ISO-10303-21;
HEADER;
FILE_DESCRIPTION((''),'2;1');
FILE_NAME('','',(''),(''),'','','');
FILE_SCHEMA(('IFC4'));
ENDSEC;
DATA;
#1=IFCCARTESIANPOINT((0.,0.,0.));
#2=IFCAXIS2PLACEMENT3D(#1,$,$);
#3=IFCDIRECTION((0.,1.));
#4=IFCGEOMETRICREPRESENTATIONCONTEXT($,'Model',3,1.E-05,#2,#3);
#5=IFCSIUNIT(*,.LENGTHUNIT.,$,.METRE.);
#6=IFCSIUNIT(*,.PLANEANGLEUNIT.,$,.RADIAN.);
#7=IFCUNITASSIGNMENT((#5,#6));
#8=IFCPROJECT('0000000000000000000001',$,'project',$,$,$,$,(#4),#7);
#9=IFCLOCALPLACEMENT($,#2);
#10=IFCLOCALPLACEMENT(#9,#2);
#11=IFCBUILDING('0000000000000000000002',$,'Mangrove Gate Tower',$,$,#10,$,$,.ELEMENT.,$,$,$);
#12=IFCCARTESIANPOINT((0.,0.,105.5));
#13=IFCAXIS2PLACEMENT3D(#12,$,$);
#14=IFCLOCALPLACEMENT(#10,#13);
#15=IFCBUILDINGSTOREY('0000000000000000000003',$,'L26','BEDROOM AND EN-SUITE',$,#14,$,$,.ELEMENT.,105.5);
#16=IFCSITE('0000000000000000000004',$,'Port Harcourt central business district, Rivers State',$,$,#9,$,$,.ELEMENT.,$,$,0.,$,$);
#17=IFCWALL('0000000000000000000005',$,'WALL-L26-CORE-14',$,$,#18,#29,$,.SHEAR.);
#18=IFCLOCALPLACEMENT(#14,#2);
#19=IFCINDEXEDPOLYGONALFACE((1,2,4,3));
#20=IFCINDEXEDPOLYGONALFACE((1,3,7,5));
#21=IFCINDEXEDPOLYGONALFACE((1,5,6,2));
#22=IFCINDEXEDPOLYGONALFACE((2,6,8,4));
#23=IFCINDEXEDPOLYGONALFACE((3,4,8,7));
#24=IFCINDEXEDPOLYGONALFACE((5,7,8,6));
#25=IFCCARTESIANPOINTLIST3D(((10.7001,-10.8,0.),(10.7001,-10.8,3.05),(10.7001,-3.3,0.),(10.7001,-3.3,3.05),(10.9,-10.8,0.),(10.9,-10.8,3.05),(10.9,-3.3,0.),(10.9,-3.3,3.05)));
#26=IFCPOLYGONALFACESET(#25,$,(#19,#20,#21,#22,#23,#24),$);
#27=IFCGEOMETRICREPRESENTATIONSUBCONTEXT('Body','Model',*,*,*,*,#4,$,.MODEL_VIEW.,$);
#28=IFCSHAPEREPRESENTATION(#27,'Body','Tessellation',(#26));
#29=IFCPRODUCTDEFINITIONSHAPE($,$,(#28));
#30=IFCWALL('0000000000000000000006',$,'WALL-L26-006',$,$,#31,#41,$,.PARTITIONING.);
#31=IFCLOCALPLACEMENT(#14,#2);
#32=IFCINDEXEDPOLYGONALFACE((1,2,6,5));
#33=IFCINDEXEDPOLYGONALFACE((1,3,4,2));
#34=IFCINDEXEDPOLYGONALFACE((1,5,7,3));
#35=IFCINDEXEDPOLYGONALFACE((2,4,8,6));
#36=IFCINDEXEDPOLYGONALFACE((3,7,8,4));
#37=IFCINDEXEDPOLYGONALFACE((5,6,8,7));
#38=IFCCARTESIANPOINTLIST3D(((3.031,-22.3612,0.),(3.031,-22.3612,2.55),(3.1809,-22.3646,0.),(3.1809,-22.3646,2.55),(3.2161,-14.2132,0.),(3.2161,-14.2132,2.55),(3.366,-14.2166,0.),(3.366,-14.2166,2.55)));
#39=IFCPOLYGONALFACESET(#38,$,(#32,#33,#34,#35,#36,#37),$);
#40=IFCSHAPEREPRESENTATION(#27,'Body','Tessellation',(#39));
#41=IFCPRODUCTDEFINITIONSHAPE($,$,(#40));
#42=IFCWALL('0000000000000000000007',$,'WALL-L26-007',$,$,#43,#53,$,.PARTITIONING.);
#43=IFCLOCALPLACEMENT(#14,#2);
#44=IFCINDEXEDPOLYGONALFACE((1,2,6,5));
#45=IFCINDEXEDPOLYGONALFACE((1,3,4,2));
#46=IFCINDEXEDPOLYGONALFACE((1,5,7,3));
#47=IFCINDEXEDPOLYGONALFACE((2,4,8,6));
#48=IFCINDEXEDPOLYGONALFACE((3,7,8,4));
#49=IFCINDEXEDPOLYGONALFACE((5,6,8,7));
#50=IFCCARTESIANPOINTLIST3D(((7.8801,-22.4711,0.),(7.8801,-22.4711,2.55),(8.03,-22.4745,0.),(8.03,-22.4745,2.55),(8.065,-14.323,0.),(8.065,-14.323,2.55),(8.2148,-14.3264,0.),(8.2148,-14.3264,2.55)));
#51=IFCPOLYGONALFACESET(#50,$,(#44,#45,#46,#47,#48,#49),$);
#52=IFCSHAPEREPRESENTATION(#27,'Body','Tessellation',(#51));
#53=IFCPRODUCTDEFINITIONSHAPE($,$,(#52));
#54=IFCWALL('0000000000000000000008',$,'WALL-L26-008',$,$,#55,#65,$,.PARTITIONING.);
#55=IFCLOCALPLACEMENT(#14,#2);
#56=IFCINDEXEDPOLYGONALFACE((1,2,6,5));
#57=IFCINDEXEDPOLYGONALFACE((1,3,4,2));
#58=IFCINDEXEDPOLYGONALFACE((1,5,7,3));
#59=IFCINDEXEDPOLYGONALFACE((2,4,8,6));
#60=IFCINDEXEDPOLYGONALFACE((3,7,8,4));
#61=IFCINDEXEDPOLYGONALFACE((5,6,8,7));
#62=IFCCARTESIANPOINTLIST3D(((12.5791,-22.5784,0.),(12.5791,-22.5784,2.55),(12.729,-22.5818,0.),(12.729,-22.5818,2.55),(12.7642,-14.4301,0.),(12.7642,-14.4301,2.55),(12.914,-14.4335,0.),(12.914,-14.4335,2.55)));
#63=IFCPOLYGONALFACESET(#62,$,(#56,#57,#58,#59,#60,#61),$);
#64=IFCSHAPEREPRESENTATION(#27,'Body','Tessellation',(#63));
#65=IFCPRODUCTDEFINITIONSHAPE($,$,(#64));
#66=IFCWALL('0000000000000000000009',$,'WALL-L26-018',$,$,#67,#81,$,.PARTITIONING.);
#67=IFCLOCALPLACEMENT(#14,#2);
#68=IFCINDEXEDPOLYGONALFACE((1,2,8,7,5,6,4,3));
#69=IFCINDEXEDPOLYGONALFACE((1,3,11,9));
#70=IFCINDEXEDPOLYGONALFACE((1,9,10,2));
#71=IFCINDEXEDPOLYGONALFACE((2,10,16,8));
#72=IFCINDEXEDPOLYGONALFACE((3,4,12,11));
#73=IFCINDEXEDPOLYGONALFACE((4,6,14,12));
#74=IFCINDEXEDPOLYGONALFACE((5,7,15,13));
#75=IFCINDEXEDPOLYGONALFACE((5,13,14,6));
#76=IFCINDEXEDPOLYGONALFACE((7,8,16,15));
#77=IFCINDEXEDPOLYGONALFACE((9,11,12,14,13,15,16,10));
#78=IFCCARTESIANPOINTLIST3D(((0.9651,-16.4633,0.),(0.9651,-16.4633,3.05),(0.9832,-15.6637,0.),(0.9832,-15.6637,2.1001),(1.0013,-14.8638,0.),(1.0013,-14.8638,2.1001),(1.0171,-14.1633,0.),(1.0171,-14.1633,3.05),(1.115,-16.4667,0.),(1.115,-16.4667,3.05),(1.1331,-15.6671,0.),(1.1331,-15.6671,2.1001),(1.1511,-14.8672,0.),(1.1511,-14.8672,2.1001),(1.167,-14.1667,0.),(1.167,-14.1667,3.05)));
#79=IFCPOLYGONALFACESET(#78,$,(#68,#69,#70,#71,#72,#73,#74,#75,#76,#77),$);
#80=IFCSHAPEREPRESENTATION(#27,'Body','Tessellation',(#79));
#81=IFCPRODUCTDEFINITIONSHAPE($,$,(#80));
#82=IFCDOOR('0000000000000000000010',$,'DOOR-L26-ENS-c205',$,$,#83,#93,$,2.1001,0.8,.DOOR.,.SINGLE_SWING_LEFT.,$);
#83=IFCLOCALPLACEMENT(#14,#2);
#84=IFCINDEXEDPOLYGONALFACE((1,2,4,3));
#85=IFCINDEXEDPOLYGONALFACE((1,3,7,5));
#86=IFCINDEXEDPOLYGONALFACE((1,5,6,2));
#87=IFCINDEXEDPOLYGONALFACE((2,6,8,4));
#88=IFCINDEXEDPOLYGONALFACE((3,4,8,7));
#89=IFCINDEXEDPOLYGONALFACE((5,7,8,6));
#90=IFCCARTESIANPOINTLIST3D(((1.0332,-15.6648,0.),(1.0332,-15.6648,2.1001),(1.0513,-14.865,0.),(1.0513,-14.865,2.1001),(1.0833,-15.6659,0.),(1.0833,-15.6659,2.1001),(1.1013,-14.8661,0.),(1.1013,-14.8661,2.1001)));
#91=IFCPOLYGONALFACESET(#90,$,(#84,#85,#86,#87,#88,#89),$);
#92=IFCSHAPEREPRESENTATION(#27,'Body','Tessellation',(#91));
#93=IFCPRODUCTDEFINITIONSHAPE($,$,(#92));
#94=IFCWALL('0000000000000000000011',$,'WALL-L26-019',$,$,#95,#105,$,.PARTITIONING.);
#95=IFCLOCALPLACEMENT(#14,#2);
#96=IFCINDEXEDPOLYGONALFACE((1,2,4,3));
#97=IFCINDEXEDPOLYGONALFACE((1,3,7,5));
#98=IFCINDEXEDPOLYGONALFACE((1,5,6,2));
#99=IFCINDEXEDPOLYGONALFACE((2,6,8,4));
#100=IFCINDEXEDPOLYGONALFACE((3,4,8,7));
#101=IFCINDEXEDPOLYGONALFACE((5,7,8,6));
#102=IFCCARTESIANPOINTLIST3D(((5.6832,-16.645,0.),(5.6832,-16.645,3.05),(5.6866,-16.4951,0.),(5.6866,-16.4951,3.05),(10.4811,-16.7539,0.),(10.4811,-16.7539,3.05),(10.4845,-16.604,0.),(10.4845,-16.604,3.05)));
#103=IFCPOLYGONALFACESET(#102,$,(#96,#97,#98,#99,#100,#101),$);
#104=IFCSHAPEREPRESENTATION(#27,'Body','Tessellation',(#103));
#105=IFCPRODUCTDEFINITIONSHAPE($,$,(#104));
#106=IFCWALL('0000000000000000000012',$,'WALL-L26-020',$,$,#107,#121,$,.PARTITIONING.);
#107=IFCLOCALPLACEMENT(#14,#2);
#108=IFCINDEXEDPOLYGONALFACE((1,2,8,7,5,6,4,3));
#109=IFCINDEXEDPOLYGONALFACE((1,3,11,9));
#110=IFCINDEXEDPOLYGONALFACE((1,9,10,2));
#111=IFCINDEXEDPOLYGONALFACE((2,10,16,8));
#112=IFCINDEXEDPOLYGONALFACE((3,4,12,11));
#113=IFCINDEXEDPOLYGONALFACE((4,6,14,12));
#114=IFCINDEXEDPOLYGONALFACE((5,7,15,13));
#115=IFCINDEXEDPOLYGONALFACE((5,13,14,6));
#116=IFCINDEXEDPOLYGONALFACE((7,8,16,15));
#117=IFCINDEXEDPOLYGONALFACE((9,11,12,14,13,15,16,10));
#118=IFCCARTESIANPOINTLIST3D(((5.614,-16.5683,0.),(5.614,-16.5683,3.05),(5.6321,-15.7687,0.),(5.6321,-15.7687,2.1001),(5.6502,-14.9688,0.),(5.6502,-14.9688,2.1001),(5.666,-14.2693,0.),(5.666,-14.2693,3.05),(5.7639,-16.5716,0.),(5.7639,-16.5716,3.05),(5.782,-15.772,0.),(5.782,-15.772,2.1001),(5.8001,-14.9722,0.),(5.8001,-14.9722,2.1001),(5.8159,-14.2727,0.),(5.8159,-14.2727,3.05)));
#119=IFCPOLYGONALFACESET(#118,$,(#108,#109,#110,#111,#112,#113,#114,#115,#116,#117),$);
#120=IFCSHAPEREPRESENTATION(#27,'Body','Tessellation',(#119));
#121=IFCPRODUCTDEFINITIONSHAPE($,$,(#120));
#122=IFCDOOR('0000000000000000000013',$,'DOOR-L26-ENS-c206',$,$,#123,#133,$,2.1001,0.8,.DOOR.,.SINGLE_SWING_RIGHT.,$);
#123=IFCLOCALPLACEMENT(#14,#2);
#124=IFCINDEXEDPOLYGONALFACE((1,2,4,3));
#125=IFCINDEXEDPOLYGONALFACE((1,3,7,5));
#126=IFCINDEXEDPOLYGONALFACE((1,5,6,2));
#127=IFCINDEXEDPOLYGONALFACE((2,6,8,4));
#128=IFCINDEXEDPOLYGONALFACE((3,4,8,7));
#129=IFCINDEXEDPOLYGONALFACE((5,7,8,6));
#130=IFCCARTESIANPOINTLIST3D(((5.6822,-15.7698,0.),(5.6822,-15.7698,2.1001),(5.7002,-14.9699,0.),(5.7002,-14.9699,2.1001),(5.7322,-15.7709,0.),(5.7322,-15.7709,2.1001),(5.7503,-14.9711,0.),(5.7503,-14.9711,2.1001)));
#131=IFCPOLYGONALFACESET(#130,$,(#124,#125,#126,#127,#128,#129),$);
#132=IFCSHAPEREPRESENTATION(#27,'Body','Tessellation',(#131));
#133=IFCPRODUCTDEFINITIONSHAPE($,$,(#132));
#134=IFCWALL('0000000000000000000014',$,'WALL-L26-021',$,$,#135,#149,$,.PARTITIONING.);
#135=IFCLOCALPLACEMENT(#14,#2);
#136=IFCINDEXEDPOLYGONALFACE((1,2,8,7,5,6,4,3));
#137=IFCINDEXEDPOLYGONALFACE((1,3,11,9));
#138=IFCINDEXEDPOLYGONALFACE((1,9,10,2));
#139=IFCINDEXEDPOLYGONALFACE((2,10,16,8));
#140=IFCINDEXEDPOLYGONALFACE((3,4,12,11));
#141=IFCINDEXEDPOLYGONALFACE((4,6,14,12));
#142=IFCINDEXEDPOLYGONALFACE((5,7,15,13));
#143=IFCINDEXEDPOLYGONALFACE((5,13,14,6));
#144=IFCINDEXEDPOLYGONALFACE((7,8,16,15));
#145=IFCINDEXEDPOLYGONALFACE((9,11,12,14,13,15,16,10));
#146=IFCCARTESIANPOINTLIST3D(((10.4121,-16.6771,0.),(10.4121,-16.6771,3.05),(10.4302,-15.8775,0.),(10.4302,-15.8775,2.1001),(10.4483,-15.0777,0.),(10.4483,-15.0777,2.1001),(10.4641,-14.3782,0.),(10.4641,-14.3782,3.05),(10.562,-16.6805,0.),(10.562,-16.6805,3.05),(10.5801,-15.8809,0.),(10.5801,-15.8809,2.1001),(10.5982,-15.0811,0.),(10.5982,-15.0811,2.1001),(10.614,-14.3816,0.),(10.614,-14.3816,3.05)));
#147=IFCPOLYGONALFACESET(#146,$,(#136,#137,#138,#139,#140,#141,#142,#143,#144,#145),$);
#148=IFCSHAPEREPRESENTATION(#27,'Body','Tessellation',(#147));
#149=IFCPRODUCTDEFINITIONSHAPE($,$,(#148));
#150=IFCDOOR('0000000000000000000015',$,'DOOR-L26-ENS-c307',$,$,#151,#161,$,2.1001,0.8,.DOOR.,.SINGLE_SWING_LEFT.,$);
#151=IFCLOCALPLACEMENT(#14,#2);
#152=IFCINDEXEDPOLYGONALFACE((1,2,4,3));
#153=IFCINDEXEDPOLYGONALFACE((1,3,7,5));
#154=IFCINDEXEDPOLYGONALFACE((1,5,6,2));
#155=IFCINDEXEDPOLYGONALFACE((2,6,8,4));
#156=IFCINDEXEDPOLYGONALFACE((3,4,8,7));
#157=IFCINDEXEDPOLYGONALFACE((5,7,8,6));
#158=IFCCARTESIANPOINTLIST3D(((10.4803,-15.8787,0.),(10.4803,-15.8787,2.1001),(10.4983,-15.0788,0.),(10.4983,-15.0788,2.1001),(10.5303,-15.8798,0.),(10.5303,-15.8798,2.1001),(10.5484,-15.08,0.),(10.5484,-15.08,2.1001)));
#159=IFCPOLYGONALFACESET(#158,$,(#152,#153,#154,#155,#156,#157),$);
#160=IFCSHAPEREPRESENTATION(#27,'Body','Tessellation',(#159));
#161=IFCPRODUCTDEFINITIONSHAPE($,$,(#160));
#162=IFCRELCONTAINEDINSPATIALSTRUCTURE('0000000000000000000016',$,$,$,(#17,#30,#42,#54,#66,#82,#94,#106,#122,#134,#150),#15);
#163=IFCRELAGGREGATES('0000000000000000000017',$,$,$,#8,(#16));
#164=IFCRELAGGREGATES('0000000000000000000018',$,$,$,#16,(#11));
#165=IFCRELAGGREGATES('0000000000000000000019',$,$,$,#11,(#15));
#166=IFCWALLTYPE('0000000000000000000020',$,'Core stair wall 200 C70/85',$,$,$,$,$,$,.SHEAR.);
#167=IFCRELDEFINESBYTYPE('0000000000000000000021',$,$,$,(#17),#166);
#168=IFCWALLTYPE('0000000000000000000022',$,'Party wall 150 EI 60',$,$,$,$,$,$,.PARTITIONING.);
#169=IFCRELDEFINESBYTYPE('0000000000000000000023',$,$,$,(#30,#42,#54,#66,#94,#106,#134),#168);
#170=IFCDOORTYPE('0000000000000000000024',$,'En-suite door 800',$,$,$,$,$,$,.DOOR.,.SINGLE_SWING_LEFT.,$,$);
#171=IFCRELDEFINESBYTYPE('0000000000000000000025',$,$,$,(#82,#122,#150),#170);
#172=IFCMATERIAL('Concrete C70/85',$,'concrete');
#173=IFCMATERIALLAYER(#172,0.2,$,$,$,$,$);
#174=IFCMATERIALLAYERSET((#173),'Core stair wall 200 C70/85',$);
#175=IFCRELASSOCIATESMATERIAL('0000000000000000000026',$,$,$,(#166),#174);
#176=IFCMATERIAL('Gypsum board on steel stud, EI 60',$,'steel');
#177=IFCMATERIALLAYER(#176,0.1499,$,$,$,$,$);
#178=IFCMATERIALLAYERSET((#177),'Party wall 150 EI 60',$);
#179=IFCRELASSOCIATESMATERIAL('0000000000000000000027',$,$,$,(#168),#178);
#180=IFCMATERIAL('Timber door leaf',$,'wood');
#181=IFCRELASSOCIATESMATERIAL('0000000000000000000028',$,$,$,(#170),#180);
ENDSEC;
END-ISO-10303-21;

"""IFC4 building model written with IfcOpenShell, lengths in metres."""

from ifc_helpers import new_model, si_unit, direction, frame, frame_2d, origin, place, context, subcontext, project, spatial, rectangle, extrude, material, layer, layer_set, type_object, element, fill, save


model = new_model("IFC4")

# Units and contexts
model_context = context("Model", 3, precision=1e-05, world=origin(), true_north=direction((0.0, 1.0)))
body_context = subcontext(model_context, "Body", "Model", "MODEL_VIEW")
ifc_project = project(units=[si_unit("LENGTHUNIT", "METRE"), si_unit("PLANEANGLEUNIT", "RADIAN")], contexts=[model_context])

# Site, building, storey
site_placement = place(None, origin())
site = spatial("IfcSite", under=ifc_project, at=site_placement, Name="Port Harcourt central business district, Rivers State", CompositionType="ELEMENT", RefElevation=0.0)
building_placement = place(site_placement, origin())
building = spatial("IfcBuilding", under=site, at=building_placement, Name="Mangrove Gate Tower", CompositionType="ELEMENT")
storey_placement = place(building_placement, frame((0.0, 0.0, 105.5)))
storey = spatial("IfcBuildingStorey", under=building, at=storey_placement, Name="L26", Description="BEDROOM AND EN-SUITE", CompositionType="ELEMENT", Elevation=105.5)

# Shared definitions
ifc_material_1 = material(Name="Concrete C70/85", Category="concrete")
ifc_layer_1 = layer(ifc_material_1, 0.2)
ifc_layer_set_1 = layer_set([ifc_layer_1], Name="Core stair wall 200 C70/85")
wall_type_1 = type_object("IfcWallType", Name="Core stair wall 200 C70/85", PredefinedType="SHEAR", material=ifc_layer_set_1)

# Walls
wall_1_placement = place(storey_placement, frame((10.8, -10.8, 0.0), z_axis=(0.0, 0.0, 1.0), x_axis=(0.0, 1.0, 0.0)))
element("IfcWall", 1, at=wall_1_placement, inside=storey, type_object=wall_type_1, Name="WALL-L26-CORE-14", PredefinedType="SHEAR", context=body_context, shape_type="SweptSolid", body=[
    extrude(rectangle(XDim=7.5, YDim=0.2, at=frame_2d((3.75, 0.0))), origin(), (0.0, 0.0, 1.0), 3.05),
])
ifc_material_2 = material(Name="Gypsum board on steel stud, EI 60", Category="steel")
ifc_layer_2 = layer(ifc_material_2, 0.1499)
ifc_layer_set_2 = layer_set([ifc_layer_2], Name="Party wall 150 EI 60")
wall_type_2 = type_object("IfcWallType", Name="Party wall 150 EI 60", PredefinedType="PARTITIONING", material=ifc_layer_set_2)
for number, where, z_axis, x_axis, name in (
    (2, (3.106, -22.363, 0.0), (0.0, 0.0, 1.0), (0.022706, 0.999742, 0.0), "WALL-L26-006"),
    (3, (7.9551, -22.4729, 0.0), (0.0, 0.0, 1.0), (0.022676, 0.999743, 0.0), "WALL-L26-007"),
):
    element("IfcWall", number, at=place(storey_placement, frame(where, z_axis=z_axis, x_axis=x_axis)), inside=storey, type_object=wall_type_2, Name=name, PredefinedType="PARTITIONING", context=body_context, shape_type="SweptSolid", body=[
        extrude(rectangle(XDim=8.1501, YDim=0.1499, at=frame_2d((4.0752, 0.0))), origin(), (0.0, 0.0, 1.0), 2.55),
    ])
wall_2_placement = place(storey_placement, frame((12.6541, -22.5801, 0.0), z_axis=(0.0, 0.0, 1.0), x_axis=(0.022706, 0.999742, 0.0)))
element("IfcWall", 4, at=wall_2_placement, inside=storey, type_object=wall_type_2, Name="WALL-L26-008", PredefinedType="PARTITIONING", context=body_context, shape_type="SweptSolid", body=[
    extrude(rectangle(XDim=8.1504, YDim=0.1499, at=frame_2d((4.0752, 0.0))), origin(), (0.0, 0.0, 1.0), 2.55),
])

# Wall, opening, door
wall_3_placement = place(storey_placement, frame((1.04, -16.4651, 0.0), z_axis=(0.0, 0.0, 1.0), x_axis=(0.022603, 0.999745, 0.0)))
wall_3 = element("IfcWall", 5, at=wall_3_placement, inside=storey, type_object=wall_type_2, Name="WALL-L26-018", PredefinedType="PARTITIONING", context=body_context, shape_type="SweptSolid", body=[
    extrude(rectangle(XDim=2.3005, YDim=0.1499, at=frame_2d((1.1504, 0.0))), origin(), (0.0, 0.0, 1.0), 3.05),
])
opening_1_placement = place(wall_3_placement, frame((0.8, 0.0, 0.0)))
opening_1 = element("IfcOpeningElement", 6, at=opening_1_placement, cuts=wall_3, PredefinedType="OPENING", context=body_context, shape_type="SweptSolid", body=[
    extrude(rectangle(XDim=0.8, YDim=2.1001, at=frame_2d((0.3999, 1.05))), frame((0.0, 0.085, 0.0), z_axis=(0.0, -1.0, 0.0), x_axis=(1.0, 0.0, 0.0)), (0.0, 0.0, 1.0), 0.1699),
])
ifc_material_3 = material(Name="Timber door leaf", Category="wood")
door_type_1 = type_object("IfcDoorType", Name="En-suite door 800", OperationType="SINGLE_SWING_LEFT", PredefinedType="DOOR", material=ifc_material_3)
door_1_placement = place(opening_1_placement, origin())
door_1 = element("IfcDoor", 7, at=door_1_placement, inside=storey, type_object=door_type_1, Name="DOOR-L26-ENS-c205", OperationType="SINGLE_SWING_LEFT", OverallHeight=2.1001, OverallWidth=0.8, PredefinedType="DOOR", context=body_context, shape_type="SweptSolid", body=[
    extrude(rectangle(XDim=0.8, YDim=2.1001, at=frame_2d((0.3999, 1.05))), frame((0.0, 0.0249, 0.0), z_axis=(0.0, -1.0, 0.0), x_axis=(1.0, 0.0, 0.0)), (0.0, 0.0, 1.0), 0.05),
])
fill(opening_1, door_1)

# Wall
wall_4_placement = place(storey_placement, frame((5.6851, -16.5701, 0.0), z_axis=(0.0, 0.0, 1.0), x_axis=(0.999743, -0.022689, 0.0)))
element("IfcWall", 8, at=wall_4_placement, inside=storey, type_object=wall_type_2, Name="WALL-L26-019", PredefinedType="PARTITIONING", context=body_context, shape_type="SweptSolid", body=[
    extrude(rectangle(XDim=4.7991, YDim=0.1499, at=frame_2d((2.3994, 0.0))), origin(), (0.0, 0.0, 1.0), 3.05),
])

# Walls, openings, doors
wall_5_placement = place(storey_placement, frame((5.689, -16.5701, 0.0), z_axis=(0.0, 0.0, 1.0), x_axis=(0.022613, 0.999744, 0.0)))
wall_5 = element("IfcWall", 9, at=wall_5_placement, inside=storey, type_object=wall_type_2, Name="WALL-L26-020", PredefinedType="PARTITIONING", context=body_context, shape_type="SweptSolid", body=[
    extrude(rectangle(XDim=2.2996, YDim=0.1499, at=frame_2d((1.1499, 0.0))), origin(), (0.0, 0.0, 1.0), 3.05),
])
opening_2_placement = place(wall_5_placement, frame((0.8, 0.0, 0.0)))
opening_2 = element("IfcOpeningElement", 10, at=opening_2_placement, cuts=wall_5, PredefinedType="OPENING", context=body_context, shape_type="SweptSolid", body=[
    extrude(rectangle(XDim=0.8, YDim=2.1001, at=frame_2d((0.3999, 1.05))), frame((0.0, 0.085, 0.0), z_axis=(0.0, -1.0, 0.0), x_axis=(1.0, 0.0, 0.0)), (0.0, 0.0, 1.0), 0.1699),
])
door_2_placement = place(opening_2_placement, origin())
door_2 = element("IfcDoor", 11, at=door_2_placement, inside=storey, type_object=door_type_1, Name="DOOR-L26-ENS-c206", OperationType="SINGLE_SWING_RIGHT", OverallHeight=2.1001, OverallWidth=0.8, PredefinedType="DOOR", context=body_context, shape_type="SweptSolid", body=[
    extrude(rectangle(XDim=0.8, YDim=2.1001, at=frame_2d((0.3999, 1.05))), frame((0.0, 0.0249, 0.0), z_axis=(0.0, -1.0, 0.0), x_axis=(1.0, 0.0, 0.0)), (0.0, 0.0, 1.0), 0.05),
])
fill(opening_2, door_2)
wall_6_placement = place(storey_placement, frame((10.4871, -16.679, 0.0), z_axis=(0.0, 0.0, 1.0), x_axis=(0.022613, 0.999744, 0.0)))
wall_6 = element("IfcWall", 12, at=wall_6_placement, inside=storey, type_object=wall_type_2, Name="WALL-L26-021", PredefinedType="PARTITIONING", context=body_context, shape_type="SweptSolid", body=[
    extrude(rectangle(XDim=2.2996, YDim=0.1499, at=frame_2d((1.1499, 0.0))), origin(), (0.0, 0.0, 1.0), 3.05),
])
opening_3_placement = place(wall_6_placement, frame((0.8, 0.0, 0.0)))
opening_3 = element("IfcOpeningElement", 13, at=opening_3_placement, cuts=wall_6, PredefinedType="OPENING", context=body_context, shape_type="SweptSolid", body=[
    extrude(rectangle(XDim=0.8, YDim=2.1001, at=frame_2d((0.3999, 1.05))), frame((0.0, 0.085, 0.0), z_axis=(0.0, -1.0, 0.0), x_axis=(1.0, 0.0, 0.0)), (0.0, 0.0, 1.0), 0.1699),
])
door_3_placement = place(opening_3_placement, origin())
door_3 = element("IfcDoor", 14, at=door_3_placement, inside=storey, type_object=door_type_1, Name="DOOR-L26-ENS-c307", OperationType="SINGLE_SWING_LEFT", OverallHeight=2.1001, OverallWidth=0.8, PredefinedType="DOOR", context=body_context, shape_type="SweptSolid", body=[
    extrude(rectangle(XDim=0.8, YDim=2.1001, at=frame_2d((0.3999, 1.05))), frame((0.0, 0.0249, 0.0), z_axis=(0.0, -1.0, 0.0), x_axis=(1.0, 0.0, 0.0)), (0.0, 0.0, 1.0), 0.05),
])
fill(opening_3, door_3)

save(model, "model.ifc")
